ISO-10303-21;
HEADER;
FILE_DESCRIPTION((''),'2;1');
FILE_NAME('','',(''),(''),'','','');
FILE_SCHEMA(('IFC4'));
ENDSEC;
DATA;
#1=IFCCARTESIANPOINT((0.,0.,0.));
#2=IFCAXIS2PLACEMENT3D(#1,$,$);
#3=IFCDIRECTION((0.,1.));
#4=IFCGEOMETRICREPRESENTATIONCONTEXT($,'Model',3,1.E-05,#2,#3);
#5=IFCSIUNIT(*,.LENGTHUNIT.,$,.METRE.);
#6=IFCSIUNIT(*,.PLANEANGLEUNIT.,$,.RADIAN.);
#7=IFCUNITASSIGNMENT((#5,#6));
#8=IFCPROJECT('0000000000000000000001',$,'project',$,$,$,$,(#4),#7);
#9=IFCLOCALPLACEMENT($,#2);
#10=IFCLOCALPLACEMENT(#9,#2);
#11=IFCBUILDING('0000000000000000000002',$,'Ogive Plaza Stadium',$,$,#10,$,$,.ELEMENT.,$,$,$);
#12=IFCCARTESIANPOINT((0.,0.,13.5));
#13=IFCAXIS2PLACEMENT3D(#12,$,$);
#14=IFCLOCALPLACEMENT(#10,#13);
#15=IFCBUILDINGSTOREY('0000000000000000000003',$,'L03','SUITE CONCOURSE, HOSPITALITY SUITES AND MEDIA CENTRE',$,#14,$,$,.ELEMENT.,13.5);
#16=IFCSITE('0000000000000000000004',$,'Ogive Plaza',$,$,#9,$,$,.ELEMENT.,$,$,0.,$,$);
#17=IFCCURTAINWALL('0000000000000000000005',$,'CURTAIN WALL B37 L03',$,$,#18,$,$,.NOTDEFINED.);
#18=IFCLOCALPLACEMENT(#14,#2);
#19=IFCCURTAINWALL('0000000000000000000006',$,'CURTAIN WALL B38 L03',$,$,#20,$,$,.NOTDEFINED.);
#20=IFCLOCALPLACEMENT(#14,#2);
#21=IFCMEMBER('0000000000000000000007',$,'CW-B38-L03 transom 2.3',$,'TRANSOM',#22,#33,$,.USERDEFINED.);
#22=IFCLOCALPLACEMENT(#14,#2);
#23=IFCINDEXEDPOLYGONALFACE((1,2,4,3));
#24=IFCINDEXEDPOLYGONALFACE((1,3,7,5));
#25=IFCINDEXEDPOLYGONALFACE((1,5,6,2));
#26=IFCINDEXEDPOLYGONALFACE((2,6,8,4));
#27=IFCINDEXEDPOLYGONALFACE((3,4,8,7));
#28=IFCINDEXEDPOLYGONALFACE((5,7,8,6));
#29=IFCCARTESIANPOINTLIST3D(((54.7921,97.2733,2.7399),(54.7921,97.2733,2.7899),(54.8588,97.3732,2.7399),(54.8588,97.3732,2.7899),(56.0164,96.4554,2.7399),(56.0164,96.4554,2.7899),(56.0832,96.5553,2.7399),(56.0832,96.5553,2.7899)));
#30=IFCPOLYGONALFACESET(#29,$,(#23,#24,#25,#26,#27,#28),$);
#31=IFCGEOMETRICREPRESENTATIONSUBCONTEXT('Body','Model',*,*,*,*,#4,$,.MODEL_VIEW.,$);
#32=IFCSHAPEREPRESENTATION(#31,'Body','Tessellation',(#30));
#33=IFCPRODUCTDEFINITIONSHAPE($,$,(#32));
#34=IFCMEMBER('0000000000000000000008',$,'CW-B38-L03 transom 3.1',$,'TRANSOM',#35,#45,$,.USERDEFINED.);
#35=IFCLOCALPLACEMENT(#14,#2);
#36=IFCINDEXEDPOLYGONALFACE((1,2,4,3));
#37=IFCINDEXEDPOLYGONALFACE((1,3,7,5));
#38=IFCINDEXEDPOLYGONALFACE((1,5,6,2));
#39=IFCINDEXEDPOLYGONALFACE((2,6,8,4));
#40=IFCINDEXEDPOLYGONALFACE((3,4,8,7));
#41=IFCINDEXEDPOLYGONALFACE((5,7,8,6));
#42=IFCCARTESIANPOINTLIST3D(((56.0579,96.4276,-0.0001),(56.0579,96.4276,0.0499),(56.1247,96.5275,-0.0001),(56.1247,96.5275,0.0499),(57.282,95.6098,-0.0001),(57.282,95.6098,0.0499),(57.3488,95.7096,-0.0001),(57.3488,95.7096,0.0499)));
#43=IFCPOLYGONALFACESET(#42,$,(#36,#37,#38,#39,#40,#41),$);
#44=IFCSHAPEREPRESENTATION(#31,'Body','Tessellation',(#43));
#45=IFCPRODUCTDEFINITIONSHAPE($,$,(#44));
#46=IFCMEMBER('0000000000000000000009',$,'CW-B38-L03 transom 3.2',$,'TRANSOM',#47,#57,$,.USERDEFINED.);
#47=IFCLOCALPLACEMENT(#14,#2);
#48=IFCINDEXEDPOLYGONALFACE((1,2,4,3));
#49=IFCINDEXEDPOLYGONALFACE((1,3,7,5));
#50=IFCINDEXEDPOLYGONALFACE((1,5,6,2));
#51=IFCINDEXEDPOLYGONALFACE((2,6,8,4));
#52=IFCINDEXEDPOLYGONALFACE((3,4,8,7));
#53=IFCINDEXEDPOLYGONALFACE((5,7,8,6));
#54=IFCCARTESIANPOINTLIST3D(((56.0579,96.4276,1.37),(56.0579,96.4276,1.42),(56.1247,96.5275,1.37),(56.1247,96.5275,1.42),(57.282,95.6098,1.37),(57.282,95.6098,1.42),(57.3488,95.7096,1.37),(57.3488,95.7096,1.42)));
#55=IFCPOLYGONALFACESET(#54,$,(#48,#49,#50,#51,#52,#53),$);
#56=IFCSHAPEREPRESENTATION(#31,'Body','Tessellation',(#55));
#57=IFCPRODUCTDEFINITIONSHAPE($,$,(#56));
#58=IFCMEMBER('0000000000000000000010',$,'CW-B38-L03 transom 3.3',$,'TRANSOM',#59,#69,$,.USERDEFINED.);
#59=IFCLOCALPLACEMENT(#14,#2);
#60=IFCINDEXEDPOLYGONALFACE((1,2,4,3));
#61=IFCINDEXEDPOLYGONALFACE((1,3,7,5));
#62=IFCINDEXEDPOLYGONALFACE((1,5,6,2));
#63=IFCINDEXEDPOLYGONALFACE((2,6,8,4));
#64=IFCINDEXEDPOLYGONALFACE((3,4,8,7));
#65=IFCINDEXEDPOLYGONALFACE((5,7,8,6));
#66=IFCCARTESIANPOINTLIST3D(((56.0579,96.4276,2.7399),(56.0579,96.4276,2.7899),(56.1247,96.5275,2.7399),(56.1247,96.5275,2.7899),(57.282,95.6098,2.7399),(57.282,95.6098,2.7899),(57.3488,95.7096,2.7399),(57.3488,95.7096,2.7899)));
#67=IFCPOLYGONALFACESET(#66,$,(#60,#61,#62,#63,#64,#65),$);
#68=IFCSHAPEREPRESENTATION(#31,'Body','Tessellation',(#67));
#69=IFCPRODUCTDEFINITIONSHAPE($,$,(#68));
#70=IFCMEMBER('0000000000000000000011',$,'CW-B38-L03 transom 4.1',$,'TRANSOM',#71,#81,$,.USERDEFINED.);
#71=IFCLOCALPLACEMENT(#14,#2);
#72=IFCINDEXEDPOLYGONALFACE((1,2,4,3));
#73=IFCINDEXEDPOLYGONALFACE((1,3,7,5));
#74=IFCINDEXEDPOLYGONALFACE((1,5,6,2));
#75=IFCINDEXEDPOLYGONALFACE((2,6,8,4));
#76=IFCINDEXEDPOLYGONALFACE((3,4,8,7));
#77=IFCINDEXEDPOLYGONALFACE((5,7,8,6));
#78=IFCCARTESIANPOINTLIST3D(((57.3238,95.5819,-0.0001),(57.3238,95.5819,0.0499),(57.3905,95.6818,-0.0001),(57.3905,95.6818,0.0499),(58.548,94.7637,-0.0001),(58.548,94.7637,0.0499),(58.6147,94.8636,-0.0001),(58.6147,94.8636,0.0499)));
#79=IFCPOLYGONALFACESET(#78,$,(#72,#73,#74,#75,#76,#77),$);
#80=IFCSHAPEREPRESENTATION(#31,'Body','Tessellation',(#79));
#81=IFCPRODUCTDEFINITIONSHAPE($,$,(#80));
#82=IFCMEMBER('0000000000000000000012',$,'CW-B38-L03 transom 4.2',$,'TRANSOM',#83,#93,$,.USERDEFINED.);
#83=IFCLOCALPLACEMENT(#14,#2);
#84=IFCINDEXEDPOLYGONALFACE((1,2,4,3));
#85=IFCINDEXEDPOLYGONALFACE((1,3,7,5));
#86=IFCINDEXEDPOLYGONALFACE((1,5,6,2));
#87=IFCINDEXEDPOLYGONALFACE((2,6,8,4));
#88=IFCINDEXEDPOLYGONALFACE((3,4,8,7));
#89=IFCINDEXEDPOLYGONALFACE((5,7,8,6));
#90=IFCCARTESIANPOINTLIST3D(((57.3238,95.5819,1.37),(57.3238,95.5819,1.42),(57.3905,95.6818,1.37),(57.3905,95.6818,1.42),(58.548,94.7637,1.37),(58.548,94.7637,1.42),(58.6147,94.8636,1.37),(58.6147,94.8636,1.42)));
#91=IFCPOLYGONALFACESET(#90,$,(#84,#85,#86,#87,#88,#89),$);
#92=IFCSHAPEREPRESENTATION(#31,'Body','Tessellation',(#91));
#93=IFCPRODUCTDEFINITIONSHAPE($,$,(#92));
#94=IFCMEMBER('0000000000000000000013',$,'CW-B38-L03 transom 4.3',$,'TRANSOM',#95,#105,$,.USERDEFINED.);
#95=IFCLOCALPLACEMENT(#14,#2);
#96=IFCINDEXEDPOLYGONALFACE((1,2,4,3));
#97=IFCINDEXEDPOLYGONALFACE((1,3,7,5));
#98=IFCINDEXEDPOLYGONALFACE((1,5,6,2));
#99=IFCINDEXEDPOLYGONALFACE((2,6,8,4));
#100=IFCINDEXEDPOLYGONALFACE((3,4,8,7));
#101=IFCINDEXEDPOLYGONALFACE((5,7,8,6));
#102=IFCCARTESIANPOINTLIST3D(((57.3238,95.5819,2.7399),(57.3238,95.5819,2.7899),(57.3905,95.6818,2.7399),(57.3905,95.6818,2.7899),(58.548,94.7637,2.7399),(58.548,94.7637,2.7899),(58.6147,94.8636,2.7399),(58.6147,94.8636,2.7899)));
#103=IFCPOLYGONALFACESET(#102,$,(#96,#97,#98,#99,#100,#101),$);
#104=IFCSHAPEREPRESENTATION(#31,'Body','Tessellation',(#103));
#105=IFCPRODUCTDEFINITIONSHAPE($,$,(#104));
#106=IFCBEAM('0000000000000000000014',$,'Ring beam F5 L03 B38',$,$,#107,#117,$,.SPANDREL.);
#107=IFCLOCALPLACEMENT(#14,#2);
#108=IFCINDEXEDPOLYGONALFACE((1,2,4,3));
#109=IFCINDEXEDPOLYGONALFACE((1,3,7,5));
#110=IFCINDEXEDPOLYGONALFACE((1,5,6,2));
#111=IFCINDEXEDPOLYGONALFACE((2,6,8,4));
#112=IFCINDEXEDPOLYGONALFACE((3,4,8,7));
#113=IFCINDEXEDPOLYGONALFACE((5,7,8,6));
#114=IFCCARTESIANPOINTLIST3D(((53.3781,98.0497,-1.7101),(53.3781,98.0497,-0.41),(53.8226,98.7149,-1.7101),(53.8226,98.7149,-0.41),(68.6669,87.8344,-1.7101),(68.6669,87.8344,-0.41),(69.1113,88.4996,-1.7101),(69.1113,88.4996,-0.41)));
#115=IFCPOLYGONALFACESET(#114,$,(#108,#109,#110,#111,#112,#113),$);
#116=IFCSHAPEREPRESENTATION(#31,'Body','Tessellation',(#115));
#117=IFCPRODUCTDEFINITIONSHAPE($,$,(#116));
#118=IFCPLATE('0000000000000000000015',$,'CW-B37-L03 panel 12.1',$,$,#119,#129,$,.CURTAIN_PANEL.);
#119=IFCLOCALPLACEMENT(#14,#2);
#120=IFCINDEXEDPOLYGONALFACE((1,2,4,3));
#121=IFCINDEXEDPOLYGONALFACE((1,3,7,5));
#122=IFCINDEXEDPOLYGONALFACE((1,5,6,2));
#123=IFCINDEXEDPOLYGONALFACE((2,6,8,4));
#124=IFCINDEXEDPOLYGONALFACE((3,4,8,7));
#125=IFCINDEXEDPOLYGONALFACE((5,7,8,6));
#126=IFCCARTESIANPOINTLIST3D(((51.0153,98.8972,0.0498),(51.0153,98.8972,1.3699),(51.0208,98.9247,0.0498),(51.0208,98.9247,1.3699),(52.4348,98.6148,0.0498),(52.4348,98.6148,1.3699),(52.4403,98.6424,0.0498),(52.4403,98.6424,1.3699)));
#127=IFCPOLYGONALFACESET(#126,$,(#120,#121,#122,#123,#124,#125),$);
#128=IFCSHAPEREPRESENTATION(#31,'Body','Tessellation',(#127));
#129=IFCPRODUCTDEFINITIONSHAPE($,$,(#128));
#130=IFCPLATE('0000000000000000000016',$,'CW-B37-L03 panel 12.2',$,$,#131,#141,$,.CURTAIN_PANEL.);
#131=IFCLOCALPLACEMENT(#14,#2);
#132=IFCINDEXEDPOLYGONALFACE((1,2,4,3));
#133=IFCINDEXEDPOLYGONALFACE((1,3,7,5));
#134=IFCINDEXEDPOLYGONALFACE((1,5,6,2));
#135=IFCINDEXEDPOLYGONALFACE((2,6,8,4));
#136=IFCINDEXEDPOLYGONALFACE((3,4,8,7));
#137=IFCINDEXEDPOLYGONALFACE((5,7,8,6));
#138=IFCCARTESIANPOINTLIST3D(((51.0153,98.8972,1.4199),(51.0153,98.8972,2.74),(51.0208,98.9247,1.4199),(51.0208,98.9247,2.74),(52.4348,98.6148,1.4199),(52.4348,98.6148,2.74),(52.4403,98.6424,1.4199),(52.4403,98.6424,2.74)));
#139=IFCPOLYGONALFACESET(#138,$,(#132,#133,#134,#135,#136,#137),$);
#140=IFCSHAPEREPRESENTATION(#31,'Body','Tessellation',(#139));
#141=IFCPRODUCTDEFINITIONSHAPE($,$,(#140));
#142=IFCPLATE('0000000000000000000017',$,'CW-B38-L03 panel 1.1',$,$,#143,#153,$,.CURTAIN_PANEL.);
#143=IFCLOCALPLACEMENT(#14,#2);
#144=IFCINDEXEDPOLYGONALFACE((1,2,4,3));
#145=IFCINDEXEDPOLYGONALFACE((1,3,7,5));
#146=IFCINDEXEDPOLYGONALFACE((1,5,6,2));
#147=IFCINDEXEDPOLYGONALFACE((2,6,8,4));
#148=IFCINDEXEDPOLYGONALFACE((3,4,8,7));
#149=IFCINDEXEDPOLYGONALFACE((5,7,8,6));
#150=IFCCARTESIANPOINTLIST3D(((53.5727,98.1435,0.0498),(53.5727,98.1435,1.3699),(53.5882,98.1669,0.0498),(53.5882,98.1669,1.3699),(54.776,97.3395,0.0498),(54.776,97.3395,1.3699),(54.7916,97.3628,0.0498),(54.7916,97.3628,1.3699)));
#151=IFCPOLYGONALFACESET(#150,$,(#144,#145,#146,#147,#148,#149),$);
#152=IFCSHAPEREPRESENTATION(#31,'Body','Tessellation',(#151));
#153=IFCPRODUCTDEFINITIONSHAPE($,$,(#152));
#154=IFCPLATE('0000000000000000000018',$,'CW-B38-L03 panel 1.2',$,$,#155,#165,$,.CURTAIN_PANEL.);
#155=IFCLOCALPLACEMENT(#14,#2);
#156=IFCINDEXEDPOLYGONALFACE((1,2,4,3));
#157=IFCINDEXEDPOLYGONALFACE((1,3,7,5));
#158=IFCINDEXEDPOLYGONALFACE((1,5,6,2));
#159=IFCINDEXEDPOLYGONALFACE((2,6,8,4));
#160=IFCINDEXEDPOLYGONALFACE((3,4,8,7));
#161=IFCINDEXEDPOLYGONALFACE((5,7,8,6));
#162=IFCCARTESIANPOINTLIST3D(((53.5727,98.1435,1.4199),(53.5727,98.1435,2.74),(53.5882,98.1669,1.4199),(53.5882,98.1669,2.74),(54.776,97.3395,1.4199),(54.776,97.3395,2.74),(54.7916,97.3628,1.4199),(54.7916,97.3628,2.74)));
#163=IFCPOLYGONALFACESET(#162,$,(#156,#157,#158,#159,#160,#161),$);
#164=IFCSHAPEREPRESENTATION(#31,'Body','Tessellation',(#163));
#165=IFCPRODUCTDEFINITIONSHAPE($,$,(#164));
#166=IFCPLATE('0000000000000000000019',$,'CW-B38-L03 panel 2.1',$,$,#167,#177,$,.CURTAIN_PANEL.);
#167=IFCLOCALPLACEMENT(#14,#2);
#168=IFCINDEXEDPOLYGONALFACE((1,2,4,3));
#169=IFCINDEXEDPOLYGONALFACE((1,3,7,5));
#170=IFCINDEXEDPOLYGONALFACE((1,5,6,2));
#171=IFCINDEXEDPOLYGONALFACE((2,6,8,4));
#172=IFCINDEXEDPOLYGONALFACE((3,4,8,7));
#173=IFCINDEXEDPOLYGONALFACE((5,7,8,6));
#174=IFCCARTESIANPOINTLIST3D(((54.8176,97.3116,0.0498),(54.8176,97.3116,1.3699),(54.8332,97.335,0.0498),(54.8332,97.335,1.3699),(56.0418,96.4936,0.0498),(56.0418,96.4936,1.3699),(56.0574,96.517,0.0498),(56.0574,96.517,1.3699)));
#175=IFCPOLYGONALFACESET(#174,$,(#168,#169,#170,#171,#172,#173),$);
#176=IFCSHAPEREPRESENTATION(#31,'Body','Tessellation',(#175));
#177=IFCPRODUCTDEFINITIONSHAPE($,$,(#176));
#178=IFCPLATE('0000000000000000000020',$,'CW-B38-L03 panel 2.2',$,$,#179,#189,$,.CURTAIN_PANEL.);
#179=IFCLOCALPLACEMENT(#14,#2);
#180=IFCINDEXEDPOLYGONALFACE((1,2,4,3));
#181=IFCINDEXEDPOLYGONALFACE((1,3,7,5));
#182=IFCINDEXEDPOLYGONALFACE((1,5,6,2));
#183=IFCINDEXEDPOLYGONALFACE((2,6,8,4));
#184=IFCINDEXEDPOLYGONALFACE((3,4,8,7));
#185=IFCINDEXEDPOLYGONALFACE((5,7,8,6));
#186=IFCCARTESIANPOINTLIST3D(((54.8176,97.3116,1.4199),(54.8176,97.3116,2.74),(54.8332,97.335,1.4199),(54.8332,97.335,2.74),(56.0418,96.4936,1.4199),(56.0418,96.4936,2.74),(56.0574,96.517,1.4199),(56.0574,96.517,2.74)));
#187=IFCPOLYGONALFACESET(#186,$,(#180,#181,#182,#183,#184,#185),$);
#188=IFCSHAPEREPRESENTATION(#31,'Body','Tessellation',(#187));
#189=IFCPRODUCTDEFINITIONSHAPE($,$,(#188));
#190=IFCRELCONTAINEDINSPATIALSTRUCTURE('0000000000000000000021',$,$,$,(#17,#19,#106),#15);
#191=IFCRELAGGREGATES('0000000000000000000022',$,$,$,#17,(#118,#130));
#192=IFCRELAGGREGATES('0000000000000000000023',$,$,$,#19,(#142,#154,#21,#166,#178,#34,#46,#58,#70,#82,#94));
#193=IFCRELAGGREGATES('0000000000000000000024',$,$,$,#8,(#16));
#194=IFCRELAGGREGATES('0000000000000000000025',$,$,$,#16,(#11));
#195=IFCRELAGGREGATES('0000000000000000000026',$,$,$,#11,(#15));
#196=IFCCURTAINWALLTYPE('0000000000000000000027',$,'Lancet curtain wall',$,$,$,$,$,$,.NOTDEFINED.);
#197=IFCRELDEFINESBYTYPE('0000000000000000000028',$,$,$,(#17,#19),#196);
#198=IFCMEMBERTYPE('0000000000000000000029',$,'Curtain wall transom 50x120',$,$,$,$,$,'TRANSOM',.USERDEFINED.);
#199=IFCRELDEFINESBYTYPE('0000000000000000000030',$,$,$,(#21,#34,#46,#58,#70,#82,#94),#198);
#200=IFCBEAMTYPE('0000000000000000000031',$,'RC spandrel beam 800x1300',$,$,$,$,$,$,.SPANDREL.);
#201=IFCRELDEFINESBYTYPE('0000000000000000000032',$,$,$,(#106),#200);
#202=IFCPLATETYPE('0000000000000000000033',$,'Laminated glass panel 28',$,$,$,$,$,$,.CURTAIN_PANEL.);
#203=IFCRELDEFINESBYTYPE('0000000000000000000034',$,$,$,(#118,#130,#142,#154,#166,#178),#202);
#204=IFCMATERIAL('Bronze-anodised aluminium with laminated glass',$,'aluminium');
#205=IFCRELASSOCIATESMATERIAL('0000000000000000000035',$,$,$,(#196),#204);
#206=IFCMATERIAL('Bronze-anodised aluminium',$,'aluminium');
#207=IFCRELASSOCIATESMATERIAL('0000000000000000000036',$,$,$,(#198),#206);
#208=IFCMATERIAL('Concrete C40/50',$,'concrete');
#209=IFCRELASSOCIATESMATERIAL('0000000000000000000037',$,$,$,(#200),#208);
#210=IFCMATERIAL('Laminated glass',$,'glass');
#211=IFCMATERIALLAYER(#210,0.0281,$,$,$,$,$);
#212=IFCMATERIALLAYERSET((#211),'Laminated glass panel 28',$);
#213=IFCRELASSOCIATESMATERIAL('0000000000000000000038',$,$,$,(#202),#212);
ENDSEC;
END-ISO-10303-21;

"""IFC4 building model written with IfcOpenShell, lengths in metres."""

from ifc_helpers import new_model, si_unit, direction, frame, origin, origin_2d, place, context, subcontext, project, spatial, rectangle, extrude, material, layer, layer_set, material_profile, profile_set, type_object, element, aggregate, save


model = new_model("IFC4")

# Units and contexts
model_context = context("Model", 3, precision=1e-05, world=origin(), true_north=direction((0.0, 1.0)))
body_context = subcontext(model_context, "Body", "Model", "MODEL_VIEW")
ifc_project = project(units=[si_unit("LENGTHUNIT", "METRE"), si_unit("PLANEANGLEUNIT", "RADIAN")], contexts=[model_context])

# Site, building, storey
site_placement = place(None, origin())
site = spatial("IfcSite", under=ifc_project, at=site_placement, Name="Ogive Plaza", CompositionType="ELEMENT", RefElevation=0.0)
building_placement = place(site_placement, origin())
building = spatial("IfcBuilding", under=site, at=building_placement, Name="Ogive Plaza Stadium", CompositionType="ELEMENT")
storey_placement = place(building_placement, frame((0.0, 0.0, 13.5)))
storey = spatial("IfcBuildingStorey", under=building, at=storey_placement, Name="L03", Description="SUITE CONCOURSE, HOSPITALITY SUITES AND MEDIA CENTRE", CompositionType="ELEMENT", Elevation=13.5)

# Curtain wall
ifc_material_1 = material(Name="Bronze-anodised aluminium with laminated glass", Category="aluminium")
curtain_wall_type = type_object("IfcCurtainWallType", Name="Lancet curtain wall", PredefinedType="NOTDEFINED", material=ifc_material_1)
curtain_wall_1_placement = place(storey_placement, origin())
curtain_wall_1 = element("IfcCurtainWall", 1, at=curtain_wall_1_placement, inside=storey, type_object=curtain_wall_type, Name="CURTAIN WALL B37 L03", PredefinedType="NOTDEFINED")

# Curtain wall
curtain_wall_2_placement = place(storey_placement, origin())
curtain_wall_2 = element("IfcCurtainWall", 2, at=curtain_wall_2_placement, inside=storey, type_object=curtain_wall_type, Name="CURTAIN WALL B38 L03", PredefinedType="NOTDEFINED")

# Members
ifc_material_2 = material(Name="Bronze-anodised aluminium", Category="aluminium")
ifc_material_profile_1 = material_profile(ifc_material_2, rectangle(XDim=0.1201, YDim=0.05, at=origin_2d()), Name="AL 120x50")
ifc_profile_set_1 = profile_set([ifc_material_profile_1], Name="Bronze-anodised aluminium")
member_type_1 = type_object("IfcMemberType", Name="Curtain wall transom 50x120", ElementType="TRANSOM", PredefinedType="USERDEFINED", material=ifc_profile_set_1)
member_1_placement = place(storey_placement, frame((54.8254, 97.3232, 2.7649), z_axis=(0.83154, -0.555465, 0.0), x_axis=(0.555465, 0.83154, 0.0)))
member_1 = element("IfcMember", 3, at=member_1_placement, type_object=member_type_1, Name="CW-B38-L03 transom 2.3", ObjectType="TRANSOM", PredefinedType="USERDEFINED", context=body_context, shape_type="SweptSolid", body=[
    extrude(rectangle(XDim=0.1201, YDim=0.05, at=origin_2d()), origin(), (0.0, 0.0, 1.0), 1.4724),
])
member_2_placement = place(storey_placement, frame((56.0913, 96.4775, 0.0249), z_axis=(0.831489, -0.555542, 0.0), x_axis=(0.555542, 0.831489, 0.0)))
member_2 = element("IfcMember", 4, at=member_2_placement, type_object=member_type_1, Name="CW-B38-L03 transom 3.1", ObjectType="TRANSOM", PredefinedType="USERDEFINED", context=body_context, shape_type="SweptSolid", body=[
    extrude(rectangle(XDim=0.1201, YDim=0.05, at=origin_2d()), origin(), (0.0, 0.0, 1.0), 1.4722),
])
member_3_placement = place(storey_placement, frame((56.0913, 96.4775, 1.395), z_axis=(0.831489, -0.555542, 0.0), x_axis=(0.555542, 0.831489, 0.0)))
member_3 = element("IfcMember", 5, at=member_3_placement, type_object=member_type_1, Name="CW-B38-L03 transom 3.2", ObjectType="TRANSOM", PredefinedType="USERDEFINED", context=body_context, shape_type="SweptSolid", body=[
    extrude(rectangle(XDim=0.1201, YDim=0.05, at=origin_2d()), origin(), (0.0, 0.0, 1.0), 1.4722),
])
member_4_placement = place(storey_placement, frame((56.0913, 96.4775, 2.7649), z_axis=(0.831489, -0.555542, 0.0), x_axis=(0.555542, 0.831489, 0.0)))
member_4 = element("IfcMember", 6, at=member_4_placement, type_object=member_type_1, Name="CW-B38-L03 transom 3.3", ObjectType="TRANSOM", PredefinedType="USERDEFINED", context=body_context, shape_type="SweptSolid", body=[
    extrude(rectangle(XDim=0.1201, YDim=0.05, at=origin_2d()), origin(), (0.0, 0.0, 1.0), 1.4722),
])
member_5_placement = place(storey_placement, frame((57.3572, 95.6318, 0.0249), z_axis=(0.831412, -0.555656, 0.0), x_axis=(0.555656, 0.831412, 0.0)))
member_5 = element("IfcMember", 7, at=member_5_placement, type_object=member_type_1, Name="CW-B38-L03 transom 4.1", ObjectType="TRANSOM", PredefinedType="USERDEFINED", context=body_context, shape_type="SweptSolid", body=[
    extrude(rectangle(XDim=0.1201, YDim=0.05, at=origin_2d()), origin(), (0.0, 0.0, 1.0), 1.4724),
])
member_6_placement = place(storey_placement, frame((57.3572, 95.6318, 1.395), z_axis=(0.831412, -0.555656, 0.0), x_axis=(0.555656, 0.831412, 0.0)))
member_6 = element("IfcMember", 8, at=member_6_placement, type_object=member_type_1, Name="CW-B38-L03 transom 4.2", ObjectType="TRANSOM", PredefinedType="USERDEFINED", context=body_context, shape_type="SweptSolid", body=[
    extrude(rectangle(XDim=0.1201, YDim=0.05, at=origin_2d()), origin(), (0.0, 0.0, 1.0), 1.4724),
])
member_7_placement = place(storey_placement, frame((57.3572, 95.6318, 2.7649), z_axis=(0.831412, -0.555656, 0.0), x_axis=(0.555656, 0.831412, 0.0)))
member_7 = element("IfcMember", 9, at=member_7_placement, type_object=member_type_1, Name="CW-B38-L03 transom 4.3", ObjectType="TRANSOM", PredefinedType="USERDEFINED", context=body_context, shape_type="SweptSolid", body=[
    extrude(rectangle(XDim=0.1201, YDim=0.05, at=origin_2d()), origin(), (0.0, 0.0, 1.0), 1.4724),
])

# Beam
ifc_material_3 = material(Name="Concrete C40/50", Category="concrete")
ifc_material_profile_2 = material_profile(ifc_material_3, rectangle(XDim=0.8, YDim=1.3, at=origin_2d()), Name="RC 800x1300")
ifc_profile_set_2 = profile_set([ifc_material_profile_2], Name="Concrete C40/50")
beam_type = type_object("IfcBeamType", Name="RC spandrel beam 800x1300", PredefinedType="SPANDREL", material=ifc_profile_set_2)
beam_placement = place(storey_placement, frame((53.6003, 98.3823, -1.0601), z_axis=(0.831478, -0.555558, 0.0), x_axis=(0.555558, 0.831478, 0.0)))
element("IfcBeam", 10, at=beam_placement, inside=storey, type_object=beam_type, Name="Ring beam F5 L03 B38", PredefinedType="SPANDREL", context=body_context, shape_type="SweptSolid", body=[
    extrude(rectangle(XDim=0.8, YDim=1.3, at=origin_2d()), origin(), (0.0, 0.0, 1.0), 18.3875),
])

# Plates
ifc_material_4 = material(Name="Laminated glass", Category="glass")
ifc_layer = layer(ifc_material_4, 0.0281)
ifc_layer_set = layer_set([ifc_layer], Name="Laminated glass panel 28")
plate_type = type_object("IfcPlateType", Name="Laminated glass panel 28", PredefinedType="CURTAIN_PANEL", material=ifc_layer_set)
plate_1_placement = place(storey_placement, frame((51.7278, 98.7698, 0.0498), z_axis=(0.0, 0.0, 1.0), x_axis=(0.980785, -0.19509, 0.0)))
plate_1 = element("IfcPlate", 11, at=plate_1_placement, type_object=plate_type, Name="CW-B37-L03 panel 12.1", PredefinedType="CURTAIN_PANEL", context=body_context, shape_type="SweptSolid", body=[
    extrude(rectangle(XDim=1.4473, YDim=0.0281, at=origin_2d()), origin(), (0.0, 0.0, 1.0), 1.3201),
])
plate_2_placement = place(storey_placement, frame((51.7278, 98.7698, 1.4199), z_axis=(0.0, 0.0, 1.0), x_axis=(0.980785, -0.19509, 0.0)))
plate_2 = element("IfcPlate", 12, at=plate_2_placement, type_object=plate_type, Name="CW-B37-L03 panel 12.2", PredefinedType="CURTAIN_PANEL", context=body_context, shape_type="SweptSolid", body=[
    extrude(rectangle(XDim=1.4473, YDim=0.0281, at=origin_2d()), origin(), (0.0, 0.0, 1.0), 1.3201),
])
aggregate(curtain_wall_1, [plate_1, plate_2])
plate_3_placement = place(storey_placement, frame((54.1821, 97.7532, 0.0498), z_axis=(0.0, 0.0, 1.0), x_axis=(0.83147, -0.55557, 0.0)))
plate_3 = element("IfcPlate", 13, at=plate_3_placement, type_object=plate_type, Name="CW-B38-L03 panel 1.1", PredefinedType="CURTAIN_PANEL", context=body_context, shape_type="SweptSolid", body=[
    extrude(rectangle(XDim=1.4473, YDim=0.0281, at=origin_2d()), origin(), (0.0, 0.0, 1.0), 1.3201),
])
plate_4_placement = place(storey_placement, frame((54.1821, 97.7532, 1.4199), z_axis=(0.0, 0.0, 1.0), x_axis=(0.83147, -0.55557, 0.0)))
plate_4 = element("IfcPlate", 14, at=plate_4_placement, type_object=plate_type, Name="CW-B38-L03 panel 1.2", PredefinedType="CURTAIN_PANEL", context=body_context, shape_type="SweptSolid", body=[
    extrude(rectangle(XDim=1.4473, YDim=0.0281, at=origin_2d()), origin(), (0.0, 0.0, 1.0), 1.3201),
])
plate_5_placement = place(storey_placement, frame((55.4375, 96.9143, 0.0498), z_axis=(0.0, 0.0, 1.0), x_axis=(0.83147, -0.55557, 0.0)))
plate_5 = element("IfcPlate", 15, at=plate_5_placement, type_object=plate_type, Name="CW-B38-L03 panel 2.1", PredefinedType="CURTAIN_PANEL", context=body_context, shape_type="SweptSolid", body=[
    extrude(rectangle(XDim=1.4724, YDim=0.0281, at=origin_2d()), origin(), (0.0, 0.0, 1.0), 1.3201),
])
plate_6_placement = place(storey_placement, frame((55.4375, 96.9143, 1.4199), z_axis=(0.0, 0.0, 1.0), x_axis=(0.83147, -0.55557, 0.0)))
plate_6 = element("IfcPlate", 16, at=plate_6_placement, type_object=plate_type, Name="CW-B38-L03 panel 2.2", PredefinedType="CURTAIN_PANEL", context=body_context, shape_type="SweptSolid", body=[
    extrude(rectangle(XDim=1.4724, YDim=0.0281, at=origin_2d()), origin(), (0.0, 0.0, 1.0), 1.3201),
])
aggregate(curtain_wall_2, [plate_3, plate_4, member_1, plate_5, plate_6, member_2, member_3, member_4, member_5, member_6, member_7])

save(model, "model.ifc")
